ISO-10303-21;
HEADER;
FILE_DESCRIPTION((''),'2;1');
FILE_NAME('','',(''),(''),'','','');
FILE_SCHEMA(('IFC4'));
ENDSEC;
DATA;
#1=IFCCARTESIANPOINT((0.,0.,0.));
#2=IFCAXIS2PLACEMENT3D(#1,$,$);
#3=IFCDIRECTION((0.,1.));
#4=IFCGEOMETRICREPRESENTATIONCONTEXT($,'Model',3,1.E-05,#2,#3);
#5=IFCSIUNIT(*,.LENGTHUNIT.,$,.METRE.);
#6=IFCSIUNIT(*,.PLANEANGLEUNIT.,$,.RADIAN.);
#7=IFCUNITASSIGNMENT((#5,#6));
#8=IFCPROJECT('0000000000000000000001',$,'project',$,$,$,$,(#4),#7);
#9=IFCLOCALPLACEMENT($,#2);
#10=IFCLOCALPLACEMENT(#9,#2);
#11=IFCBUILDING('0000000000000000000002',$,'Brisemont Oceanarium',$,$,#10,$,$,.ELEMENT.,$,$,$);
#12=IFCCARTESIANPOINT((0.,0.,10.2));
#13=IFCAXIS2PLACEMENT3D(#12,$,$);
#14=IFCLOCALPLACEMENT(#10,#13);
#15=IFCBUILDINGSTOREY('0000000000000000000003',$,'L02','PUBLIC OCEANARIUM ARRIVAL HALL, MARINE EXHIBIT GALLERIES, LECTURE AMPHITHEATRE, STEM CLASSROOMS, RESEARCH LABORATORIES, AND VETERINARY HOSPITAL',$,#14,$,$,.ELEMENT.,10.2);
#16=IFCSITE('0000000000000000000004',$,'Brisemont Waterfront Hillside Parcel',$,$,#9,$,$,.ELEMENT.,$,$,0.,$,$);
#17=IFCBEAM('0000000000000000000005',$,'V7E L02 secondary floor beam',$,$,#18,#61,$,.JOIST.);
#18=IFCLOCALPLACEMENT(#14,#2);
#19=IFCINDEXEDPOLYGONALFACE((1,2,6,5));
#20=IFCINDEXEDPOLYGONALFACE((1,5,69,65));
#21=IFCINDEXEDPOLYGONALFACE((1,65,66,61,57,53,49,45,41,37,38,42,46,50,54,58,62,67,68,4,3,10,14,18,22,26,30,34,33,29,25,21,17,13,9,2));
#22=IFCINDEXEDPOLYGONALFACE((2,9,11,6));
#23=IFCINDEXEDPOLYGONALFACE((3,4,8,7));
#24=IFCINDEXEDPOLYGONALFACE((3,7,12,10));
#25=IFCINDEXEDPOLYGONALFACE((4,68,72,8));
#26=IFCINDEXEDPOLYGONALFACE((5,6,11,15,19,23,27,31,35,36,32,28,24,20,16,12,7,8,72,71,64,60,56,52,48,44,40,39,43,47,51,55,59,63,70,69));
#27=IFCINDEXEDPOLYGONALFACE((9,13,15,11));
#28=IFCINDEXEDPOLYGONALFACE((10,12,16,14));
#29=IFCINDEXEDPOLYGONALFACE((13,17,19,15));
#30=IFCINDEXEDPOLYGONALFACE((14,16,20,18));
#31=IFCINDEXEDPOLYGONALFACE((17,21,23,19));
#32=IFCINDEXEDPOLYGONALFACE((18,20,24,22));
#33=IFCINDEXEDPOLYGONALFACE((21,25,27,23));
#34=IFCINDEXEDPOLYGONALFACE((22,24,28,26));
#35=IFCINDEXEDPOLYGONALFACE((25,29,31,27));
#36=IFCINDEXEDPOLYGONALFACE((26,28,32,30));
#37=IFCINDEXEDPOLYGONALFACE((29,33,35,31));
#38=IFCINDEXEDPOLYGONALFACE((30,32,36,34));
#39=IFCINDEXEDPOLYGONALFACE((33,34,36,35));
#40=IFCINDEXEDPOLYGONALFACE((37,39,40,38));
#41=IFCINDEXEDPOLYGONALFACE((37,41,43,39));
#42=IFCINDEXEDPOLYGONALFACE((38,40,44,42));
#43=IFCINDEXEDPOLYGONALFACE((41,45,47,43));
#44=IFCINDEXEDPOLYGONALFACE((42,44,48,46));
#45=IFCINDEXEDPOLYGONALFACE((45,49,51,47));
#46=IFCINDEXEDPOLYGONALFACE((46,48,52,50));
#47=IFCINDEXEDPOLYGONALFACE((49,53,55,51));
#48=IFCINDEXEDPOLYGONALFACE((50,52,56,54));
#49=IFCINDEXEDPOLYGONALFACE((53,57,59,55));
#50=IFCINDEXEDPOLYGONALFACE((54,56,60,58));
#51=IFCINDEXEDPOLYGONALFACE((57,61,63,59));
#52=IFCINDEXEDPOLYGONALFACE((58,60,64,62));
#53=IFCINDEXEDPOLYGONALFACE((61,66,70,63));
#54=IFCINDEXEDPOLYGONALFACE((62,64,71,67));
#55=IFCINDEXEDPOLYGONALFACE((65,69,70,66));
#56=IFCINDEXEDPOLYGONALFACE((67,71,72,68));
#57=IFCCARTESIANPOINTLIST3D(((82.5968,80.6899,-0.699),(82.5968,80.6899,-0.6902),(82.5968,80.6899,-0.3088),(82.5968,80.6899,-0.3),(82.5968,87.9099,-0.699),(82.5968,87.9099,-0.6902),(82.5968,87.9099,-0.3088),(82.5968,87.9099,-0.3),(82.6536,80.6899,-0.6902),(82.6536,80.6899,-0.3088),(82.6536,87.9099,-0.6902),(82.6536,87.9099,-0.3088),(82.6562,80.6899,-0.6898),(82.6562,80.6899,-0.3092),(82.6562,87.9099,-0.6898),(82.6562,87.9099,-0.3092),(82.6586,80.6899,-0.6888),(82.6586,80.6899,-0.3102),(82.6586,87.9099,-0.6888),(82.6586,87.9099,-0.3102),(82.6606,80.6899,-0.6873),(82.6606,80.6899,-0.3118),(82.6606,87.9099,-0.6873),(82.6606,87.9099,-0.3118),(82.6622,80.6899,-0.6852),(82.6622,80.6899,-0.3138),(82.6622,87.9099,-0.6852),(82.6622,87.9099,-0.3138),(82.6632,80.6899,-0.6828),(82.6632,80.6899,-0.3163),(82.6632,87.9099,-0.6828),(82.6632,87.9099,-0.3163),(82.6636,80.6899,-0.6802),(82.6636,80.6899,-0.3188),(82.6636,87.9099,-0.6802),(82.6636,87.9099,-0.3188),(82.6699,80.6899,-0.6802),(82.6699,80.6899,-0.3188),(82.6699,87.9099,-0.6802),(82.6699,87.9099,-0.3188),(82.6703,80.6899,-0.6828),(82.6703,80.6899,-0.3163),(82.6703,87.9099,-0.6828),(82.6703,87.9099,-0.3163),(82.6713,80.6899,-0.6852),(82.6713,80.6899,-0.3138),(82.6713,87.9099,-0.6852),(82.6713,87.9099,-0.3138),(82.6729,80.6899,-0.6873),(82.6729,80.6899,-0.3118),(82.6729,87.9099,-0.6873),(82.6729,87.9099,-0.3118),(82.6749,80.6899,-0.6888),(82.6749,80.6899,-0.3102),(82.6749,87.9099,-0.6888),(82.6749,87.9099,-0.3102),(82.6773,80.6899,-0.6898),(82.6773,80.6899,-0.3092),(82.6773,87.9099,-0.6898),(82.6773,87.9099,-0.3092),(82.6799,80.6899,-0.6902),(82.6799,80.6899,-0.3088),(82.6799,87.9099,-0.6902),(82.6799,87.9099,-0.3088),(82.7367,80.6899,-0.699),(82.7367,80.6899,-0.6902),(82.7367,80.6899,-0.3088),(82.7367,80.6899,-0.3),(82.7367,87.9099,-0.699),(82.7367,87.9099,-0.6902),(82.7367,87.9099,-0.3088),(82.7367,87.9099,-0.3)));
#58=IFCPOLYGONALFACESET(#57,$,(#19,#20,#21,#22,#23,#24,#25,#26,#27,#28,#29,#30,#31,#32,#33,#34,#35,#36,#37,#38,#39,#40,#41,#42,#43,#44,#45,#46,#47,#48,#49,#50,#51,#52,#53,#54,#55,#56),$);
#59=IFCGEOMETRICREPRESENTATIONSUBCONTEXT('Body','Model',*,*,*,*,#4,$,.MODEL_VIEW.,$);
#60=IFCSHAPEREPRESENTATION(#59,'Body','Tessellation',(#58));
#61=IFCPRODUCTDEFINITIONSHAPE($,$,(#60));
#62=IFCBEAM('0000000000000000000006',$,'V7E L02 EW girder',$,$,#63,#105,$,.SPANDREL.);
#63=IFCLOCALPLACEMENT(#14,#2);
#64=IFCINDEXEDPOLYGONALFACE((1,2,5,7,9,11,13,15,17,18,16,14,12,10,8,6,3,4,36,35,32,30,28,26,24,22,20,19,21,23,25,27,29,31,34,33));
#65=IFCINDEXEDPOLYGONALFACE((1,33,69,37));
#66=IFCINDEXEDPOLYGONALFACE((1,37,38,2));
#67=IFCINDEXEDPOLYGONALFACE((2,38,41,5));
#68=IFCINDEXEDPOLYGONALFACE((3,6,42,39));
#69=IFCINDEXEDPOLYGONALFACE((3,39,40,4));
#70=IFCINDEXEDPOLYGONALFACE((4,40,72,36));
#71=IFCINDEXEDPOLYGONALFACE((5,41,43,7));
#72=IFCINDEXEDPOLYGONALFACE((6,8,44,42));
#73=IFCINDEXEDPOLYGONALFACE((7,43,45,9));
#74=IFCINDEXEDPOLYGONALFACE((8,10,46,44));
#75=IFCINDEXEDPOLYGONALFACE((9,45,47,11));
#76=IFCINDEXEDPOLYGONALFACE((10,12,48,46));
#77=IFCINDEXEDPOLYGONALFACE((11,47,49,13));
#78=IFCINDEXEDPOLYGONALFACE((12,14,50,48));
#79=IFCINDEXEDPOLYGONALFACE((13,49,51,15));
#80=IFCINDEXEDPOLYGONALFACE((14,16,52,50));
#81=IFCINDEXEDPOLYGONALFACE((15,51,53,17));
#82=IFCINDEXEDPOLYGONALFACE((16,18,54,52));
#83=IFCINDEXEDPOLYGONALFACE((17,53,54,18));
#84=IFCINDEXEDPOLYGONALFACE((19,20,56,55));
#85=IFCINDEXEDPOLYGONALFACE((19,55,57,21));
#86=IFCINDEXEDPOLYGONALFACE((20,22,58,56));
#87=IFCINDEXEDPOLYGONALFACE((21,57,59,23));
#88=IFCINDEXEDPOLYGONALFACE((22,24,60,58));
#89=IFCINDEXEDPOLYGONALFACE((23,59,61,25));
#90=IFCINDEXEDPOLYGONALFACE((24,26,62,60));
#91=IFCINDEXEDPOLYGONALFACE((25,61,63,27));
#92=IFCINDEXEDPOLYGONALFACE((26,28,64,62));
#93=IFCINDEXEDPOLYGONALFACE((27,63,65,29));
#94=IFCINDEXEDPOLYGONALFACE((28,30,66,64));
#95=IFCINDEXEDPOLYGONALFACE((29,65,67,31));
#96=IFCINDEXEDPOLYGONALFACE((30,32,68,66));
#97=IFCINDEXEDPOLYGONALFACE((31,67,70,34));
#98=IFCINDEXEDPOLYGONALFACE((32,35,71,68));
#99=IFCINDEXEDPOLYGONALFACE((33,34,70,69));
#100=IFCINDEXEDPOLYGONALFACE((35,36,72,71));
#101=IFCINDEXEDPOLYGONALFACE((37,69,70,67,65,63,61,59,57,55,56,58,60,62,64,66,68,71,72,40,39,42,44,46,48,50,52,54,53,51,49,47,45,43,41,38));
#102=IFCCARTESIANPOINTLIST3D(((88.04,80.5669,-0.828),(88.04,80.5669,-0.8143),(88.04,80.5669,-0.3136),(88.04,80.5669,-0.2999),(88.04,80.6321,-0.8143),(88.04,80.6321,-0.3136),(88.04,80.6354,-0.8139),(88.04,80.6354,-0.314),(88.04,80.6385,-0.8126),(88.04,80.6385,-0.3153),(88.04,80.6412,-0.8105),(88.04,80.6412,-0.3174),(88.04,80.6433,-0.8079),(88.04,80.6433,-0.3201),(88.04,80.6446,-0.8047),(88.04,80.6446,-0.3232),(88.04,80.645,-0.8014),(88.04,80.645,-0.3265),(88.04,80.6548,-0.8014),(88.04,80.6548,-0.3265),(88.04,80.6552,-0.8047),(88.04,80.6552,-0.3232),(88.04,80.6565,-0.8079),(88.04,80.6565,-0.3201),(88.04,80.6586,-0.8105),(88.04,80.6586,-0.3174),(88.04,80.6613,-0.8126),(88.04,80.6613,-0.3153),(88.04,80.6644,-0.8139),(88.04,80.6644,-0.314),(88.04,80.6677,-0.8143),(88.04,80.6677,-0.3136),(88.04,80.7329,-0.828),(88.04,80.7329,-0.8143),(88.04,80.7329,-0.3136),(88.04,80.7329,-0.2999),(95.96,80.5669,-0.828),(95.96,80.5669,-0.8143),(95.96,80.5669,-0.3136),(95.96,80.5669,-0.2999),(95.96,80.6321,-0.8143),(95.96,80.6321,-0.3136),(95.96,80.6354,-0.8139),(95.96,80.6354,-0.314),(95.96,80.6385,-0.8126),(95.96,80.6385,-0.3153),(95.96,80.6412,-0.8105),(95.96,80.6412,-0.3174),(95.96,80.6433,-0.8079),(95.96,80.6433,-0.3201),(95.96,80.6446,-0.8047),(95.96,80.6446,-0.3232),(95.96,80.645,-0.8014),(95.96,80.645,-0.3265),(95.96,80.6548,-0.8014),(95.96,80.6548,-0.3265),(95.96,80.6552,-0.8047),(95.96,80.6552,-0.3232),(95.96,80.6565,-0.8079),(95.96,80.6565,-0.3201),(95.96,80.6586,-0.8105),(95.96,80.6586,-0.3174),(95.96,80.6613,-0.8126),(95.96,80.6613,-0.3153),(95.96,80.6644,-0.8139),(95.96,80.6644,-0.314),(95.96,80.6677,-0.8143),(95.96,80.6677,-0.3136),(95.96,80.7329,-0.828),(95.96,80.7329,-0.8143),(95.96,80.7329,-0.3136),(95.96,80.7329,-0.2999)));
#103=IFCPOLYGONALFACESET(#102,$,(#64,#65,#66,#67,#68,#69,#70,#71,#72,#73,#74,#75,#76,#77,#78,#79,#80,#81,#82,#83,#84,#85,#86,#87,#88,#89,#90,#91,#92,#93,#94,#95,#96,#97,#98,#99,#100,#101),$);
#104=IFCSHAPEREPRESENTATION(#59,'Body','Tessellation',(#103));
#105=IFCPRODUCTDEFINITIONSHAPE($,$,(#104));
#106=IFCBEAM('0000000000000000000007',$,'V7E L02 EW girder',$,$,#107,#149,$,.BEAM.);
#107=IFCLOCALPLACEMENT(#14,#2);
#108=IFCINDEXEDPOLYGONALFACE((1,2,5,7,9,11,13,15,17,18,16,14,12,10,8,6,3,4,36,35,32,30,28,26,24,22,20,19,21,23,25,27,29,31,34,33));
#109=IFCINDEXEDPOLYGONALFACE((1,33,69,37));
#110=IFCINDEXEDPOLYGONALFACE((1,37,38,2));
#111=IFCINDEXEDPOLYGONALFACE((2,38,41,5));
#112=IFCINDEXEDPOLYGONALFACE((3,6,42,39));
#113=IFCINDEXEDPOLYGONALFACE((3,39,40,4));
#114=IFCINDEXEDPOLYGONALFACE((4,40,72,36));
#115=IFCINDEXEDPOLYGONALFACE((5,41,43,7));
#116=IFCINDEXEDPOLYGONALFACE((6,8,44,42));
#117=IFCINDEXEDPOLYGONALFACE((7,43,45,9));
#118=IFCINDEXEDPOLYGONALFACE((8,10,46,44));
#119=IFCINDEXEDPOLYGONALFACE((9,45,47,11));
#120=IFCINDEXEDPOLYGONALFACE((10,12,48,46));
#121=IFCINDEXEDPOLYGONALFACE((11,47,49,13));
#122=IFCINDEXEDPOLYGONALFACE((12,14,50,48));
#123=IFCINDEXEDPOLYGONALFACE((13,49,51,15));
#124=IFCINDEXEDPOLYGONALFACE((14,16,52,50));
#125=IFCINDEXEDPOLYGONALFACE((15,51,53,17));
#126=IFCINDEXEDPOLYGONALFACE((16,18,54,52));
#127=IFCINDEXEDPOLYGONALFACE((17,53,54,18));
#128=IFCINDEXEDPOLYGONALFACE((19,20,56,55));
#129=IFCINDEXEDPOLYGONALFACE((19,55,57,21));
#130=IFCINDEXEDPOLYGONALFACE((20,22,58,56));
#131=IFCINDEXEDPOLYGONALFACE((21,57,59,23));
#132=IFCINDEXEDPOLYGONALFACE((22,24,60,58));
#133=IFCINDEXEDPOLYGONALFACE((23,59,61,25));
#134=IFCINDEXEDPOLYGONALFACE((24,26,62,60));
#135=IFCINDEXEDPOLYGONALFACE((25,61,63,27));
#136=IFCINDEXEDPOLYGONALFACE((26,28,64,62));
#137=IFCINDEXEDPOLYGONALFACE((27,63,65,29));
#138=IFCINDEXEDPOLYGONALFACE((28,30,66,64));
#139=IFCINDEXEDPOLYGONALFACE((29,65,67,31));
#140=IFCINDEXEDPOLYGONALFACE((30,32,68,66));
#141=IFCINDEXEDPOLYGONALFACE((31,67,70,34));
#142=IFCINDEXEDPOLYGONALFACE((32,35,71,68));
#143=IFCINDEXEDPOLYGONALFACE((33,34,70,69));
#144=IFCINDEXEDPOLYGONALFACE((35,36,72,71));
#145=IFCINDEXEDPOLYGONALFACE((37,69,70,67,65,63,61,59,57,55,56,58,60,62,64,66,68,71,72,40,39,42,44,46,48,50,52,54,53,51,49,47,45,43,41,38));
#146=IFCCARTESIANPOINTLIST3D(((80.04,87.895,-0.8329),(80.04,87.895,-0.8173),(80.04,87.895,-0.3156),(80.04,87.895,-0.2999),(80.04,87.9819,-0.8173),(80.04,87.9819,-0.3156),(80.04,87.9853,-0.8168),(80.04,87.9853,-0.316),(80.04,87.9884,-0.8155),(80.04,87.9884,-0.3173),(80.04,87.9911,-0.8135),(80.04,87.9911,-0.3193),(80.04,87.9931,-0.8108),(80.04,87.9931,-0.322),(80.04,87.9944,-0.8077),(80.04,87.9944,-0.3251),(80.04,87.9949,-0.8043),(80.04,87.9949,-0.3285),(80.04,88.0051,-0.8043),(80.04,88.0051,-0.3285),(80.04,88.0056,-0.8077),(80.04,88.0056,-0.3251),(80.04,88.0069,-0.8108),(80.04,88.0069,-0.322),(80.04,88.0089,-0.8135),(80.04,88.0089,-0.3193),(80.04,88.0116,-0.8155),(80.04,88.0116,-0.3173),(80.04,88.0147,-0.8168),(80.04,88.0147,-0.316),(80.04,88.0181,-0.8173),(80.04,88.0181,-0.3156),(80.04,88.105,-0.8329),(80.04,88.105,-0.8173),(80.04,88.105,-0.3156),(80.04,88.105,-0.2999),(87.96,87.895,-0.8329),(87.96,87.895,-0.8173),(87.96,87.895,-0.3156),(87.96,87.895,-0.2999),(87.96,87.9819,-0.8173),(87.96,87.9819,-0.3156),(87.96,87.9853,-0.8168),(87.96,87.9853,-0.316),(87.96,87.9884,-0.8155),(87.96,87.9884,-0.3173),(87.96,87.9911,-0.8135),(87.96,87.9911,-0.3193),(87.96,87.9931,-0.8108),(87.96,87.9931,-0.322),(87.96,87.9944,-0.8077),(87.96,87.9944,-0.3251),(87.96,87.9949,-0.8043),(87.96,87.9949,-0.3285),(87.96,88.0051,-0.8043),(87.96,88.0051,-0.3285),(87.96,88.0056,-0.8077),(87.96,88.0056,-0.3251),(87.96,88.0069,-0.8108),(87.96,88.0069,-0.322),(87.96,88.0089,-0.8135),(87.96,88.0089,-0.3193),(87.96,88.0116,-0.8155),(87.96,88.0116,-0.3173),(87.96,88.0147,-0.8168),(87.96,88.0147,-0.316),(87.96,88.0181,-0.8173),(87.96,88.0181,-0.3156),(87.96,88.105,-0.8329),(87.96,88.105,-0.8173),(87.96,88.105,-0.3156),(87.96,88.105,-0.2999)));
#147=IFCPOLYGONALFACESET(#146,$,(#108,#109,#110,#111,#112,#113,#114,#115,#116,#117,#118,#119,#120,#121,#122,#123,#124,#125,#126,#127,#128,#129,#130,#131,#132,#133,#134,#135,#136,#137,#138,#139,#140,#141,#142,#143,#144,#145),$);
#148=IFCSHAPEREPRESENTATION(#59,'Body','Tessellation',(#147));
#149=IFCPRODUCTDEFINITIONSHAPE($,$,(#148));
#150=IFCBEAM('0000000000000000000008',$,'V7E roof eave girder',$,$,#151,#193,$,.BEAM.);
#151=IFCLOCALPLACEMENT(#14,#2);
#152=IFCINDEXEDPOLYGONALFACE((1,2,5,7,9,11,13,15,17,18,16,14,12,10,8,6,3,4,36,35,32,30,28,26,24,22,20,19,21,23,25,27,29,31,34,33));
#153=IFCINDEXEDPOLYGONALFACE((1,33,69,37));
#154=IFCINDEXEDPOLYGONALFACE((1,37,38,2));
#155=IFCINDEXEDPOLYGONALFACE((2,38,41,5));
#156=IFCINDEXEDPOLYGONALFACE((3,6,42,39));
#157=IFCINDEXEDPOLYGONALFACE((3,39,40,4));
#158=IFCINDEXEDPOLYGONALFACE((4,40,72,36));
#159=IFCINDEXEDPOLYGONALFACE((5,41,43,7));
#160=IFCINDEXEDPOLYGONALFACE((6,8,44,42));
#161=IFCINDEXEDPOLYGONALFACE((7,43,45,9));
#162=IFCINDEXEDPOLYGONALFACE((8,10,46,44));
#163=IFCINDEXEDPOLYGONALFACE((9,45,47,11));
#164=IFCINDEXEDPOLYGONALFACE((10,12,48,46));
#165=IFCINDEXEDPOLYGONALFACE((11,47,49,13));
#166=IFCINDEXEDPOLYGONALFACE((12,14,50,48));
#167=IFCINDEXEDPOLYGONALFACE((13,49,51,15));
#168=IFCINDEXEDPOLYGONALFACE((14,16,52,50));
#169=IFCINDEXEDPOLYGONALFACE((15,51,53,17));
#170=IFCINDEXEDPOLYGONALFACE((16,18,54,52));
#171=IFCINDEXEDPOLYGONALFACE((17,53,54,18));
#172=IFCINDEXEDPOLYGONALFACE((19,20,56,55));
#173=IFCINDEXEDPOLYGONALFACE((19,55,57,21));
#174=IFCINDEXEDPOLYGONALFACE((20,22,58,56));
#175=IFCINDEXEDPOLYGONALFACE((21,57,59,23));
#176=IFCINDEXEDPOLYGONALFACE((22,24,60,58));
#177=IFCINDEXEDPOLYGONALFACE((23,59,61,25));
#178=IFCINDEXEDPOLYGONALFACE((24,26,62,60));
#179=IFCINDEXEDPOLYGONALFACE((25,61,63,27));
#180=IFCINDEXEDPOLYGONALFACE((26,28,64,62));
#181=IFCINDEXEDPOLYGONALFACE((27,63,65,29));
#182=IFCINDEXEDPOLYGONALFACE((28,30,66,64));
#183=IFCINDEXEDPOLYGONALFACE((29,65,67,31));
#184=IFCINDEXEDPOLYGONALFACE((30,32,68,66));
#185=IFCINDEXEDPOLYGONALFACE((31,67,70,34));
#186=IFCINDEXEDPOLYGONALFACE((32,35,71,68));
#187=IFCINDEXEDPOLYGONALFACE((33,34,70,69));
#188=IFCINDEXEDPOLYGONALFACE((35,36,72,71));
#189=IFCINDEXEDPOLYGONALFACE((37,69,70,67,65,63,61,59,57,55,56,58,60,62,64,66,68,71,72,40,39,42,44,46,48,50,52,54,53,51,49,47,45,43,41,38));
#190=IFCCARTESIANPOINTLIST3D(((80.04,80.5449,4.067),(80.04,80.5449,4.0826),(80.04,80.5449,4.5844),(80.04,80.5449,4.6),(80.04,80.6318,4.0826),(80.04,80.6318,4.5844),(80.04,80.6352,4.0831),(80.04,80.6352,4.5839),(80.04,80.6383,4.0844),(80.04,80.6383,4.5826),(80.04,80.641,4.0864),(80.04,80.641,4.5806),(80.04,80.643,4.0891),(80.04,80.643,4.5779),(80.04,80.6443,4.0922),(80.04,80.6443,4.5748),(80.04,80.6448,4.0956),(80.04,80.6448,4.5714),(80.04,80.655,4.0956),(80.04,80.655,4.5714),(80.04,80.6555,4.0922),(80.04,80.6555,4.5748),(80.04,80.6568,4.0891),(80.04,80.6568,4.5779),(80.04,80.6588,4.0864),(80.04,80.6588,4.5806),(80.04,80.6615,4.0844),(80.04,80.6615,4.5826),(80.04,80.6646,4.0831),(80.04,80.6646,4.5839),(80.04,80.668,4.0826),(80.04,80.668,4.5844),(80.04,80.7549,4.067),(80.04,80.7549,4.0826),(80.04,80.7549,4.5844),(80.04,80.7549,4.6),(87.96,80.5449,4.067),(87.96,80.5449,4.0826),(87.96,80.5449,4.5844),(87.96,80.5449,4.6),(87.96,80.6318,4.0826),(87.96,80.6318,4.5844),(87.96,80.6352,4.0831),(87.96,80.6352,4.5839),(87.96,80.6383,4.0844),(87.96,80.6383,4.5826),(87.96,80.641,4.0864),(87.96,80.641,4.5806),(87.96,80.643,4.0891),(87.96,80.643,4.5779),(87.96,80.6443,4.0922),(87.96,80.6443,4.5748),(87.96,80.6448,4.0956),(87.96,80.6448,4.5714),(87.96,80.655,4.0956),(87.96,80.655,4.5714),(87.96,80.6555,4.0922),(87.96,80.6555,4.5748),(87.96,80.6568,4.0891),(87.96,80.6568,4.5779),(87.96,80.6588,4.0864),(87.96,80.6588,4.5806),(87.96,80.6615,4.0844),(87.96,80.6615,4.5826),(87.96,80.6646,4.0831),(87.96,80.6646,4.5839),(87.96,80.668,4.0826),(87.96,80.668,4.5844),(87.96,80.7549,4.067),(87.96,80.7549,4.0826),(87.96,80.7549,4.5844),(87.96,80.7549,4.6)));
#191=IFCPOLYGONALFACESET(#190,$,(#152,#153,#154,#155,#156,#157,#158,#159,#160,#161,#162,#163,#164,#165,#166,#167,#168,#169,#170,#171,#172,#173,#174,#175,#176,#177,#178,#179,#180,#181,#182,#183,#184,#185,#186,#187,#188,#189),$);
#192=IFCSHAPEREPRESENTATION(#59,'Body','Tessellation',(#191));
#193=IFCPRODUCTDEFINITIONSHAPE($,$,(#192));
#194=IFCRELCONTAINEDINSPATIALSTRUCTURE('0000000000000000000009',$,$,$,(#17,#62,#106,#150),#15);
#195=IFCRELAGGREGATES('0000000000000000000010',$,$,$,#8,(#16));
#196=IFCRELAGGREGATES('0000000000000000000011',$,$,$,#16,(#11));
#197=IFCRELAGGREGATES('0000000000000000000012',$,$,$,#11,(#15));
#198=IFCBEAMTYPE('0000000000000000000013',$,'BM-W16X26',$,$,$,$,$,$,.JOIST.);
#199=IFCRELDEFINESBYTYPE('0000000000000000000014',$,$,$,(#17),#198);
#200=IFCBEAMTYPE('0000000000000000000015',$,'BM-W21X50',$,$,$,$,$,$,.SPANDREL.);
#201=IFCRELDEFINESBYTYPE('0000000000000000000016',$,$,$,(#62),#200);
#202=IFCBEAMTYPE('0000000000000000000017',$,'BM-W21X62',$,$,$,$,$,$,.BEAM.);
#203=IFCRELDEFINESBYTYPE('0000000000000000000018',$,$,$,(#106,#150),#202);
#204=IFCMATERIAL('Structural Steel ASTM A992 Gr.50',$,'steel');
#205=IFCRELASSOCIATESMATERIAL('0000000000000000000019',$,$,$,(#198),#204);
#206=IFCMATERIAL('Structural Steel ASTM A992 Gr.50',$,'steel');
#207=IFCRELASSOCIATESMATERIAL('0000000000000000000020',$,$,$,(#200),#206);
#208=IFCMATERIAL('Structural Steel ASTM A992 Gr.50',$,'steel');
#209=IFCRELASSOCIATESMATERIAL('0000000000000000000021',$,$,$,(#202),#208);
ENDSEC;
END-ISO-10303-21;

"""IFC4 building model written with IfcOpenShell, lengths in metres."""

from ifc_helpers import new_model, si_unit, direction, frame, origin, origin_2d, place, context, subcontext, project, spatial, i_section, extrude, material, material_profile, profile_set, type_object, element, save


model = new_model("IFC4")

# Units and contexts
model_context = context("Model", 3, precision=1e-05, world=origin(), true_north=direction((0.0, 1.0)))
body_context = subcontext(model_context, "Body", "Model", "MODEL_VIEW")
ifc_project = project(units=[si_unit("LENGTHUNIT", "METRE"), si_unit("PLANEANGLEUNIT", "RADIAN")], contexts=[model_context])

# Site, building, storey
site_placement = place(None, origin())
site = spatial("IfcSite", under=ifc_project, at=site_placement, Name="Brisemont Waterfront Hillside Parcel", CompositionType="ELEMENT", RefElevation=0.0)
building_placement = place(site_placement, origin())
building = spatial("IfcBuilding", under=site, at=building_placement, Name="Brisemont Oceanarium", CompositionType="ELEMENT")
storey_placement = place(building_placement, frame((0.0, 0.0, 10.2)))
storey = spatial("IfcBuildingStorey", under=building, at=storey_placement, Name="L02", Description="PUBLIC OCEANARIUM ARRIVAL HALL, MARINE EXHIBIT GALLERIES, LECTURE AMPHITHEATRE, STEM CLASSROOMS, RESEARCH LABORATORIES, AND VETERINARY HOSPITAL", CompositionType="ELEMENT", Elevation=10.2)

# Beams
ifc_material_1 = material(Name="Structural Steel ASTM A992 Gr.50", Category="steel")
ifc_material_profile_1 = material_profile(ifc_material_1, i_section(OverallWidth=0.1399, OverallDepth=0.3989, WebThickness=0.0063, FlangeThickness=0.0088, FilletRadius=0.01, at=origin_2d()), Name="W16X26")
ifc_profile_set_1 = profile_set([ifc_material_profile_1], Name="Structural Steel ASTM A992 Gr.50")
beam_type_1 = type_object("IfcBeamType", Name="BM-W16X26", PredefinedType="JOIST", material=ifc_profile_set_1)
beam_1_placement = place(storey_placement, frame((82.6667, 80.6899, -0.4995), z_axis=(0.0, 1.0, 0.0), x_axis=(-1.0, 0.0, 0.0)))
element("IfcBeam", 1, at=beam_1_placement, inside=storey, type_object=beam_type_1, Name="V7E L02 secondary floor beam", PredefinedType="JOIST", context=body_context, shape_type="SweptSolid", body=[
    extrude(i_section(OverallWidth=0.1399, OverallDepth=0.3989, WebThickness=0.0063, FlangeThickness=0.0088, FilletRadius=0.01, at=origin_2d()), origin(), (0.0, 0.0, 1.0), 7.22),
])
ifc_material_2 = material(Name="Structural Steel ASTM A992 Gr.50", Category="steel")
ifc_material_profile_2 = material_profile(ifc_material_2, i_section(OverallWidth=0.166, OverallDepth=0.5281, WebThickness=0.0098, FlangeThickness=0.0137, FilletRadius=0.0129, at=origin_2d()), Name="W21X50")
ifc_profile_set_2 = profile_set([ifc_material_profile_2], Name="Structural Steel ASTM A992 Gr.50")
beam_type_2 = type_object("IfcBeamType", Name="BM-W21X50", PredefinedType="SPANDREL", material=ifc_profile_set_2)
beam_2_placement = place(storey_placement, frame((88.04, 80.6499, -0.564), z_axis=(1.0, 0.0, 0.0), x_axis=(0.0, 1.0, 0.0)))
element("IfcBeam", 2, at=beam_2_placement, inside=storey, type_object=beam_type_2, Name="V7E L02 EW girder", PredefinedType="SPANDREL", context=body_context, shape_type="SweptSolid", body=[
    extrude(i_section(OverallWidth=0.166, OverallDepth=0.5281, WebThickness=0.0098, FlangeThickness=0.0137, FilletRadius=0.0129, at=origin_2d()), origin(), (0.0, 0.0, 1.0), 7.9199),
])
ifc_material_3 = material(Name="Structural Steel ASTM A992 Gr.50", Category="steel")
ifc_material_profile_3 = material_profile(ifc_material_3, i_section(OverallWidth=0.21, OverallDepth=0.533, WebThickness=0.0103, FlangeThickness=0.0156, FilletRadius=0.0129, at=origin_2d()), Name="W21X62")
ifc_profile_set_3 = profile_set([ifc_material_profile_3], Name="Structural Steel ASTM A992 Gr.50")
beam_type_3 = type_object("IfcBeamType", Name="BM-W21X62", PredefinedType="BEAM", material=ifc_profile_set_3)
for number, where, z_axis, x_axis, name in (
    (3, (80.04, 88.0, -0.5664), (1.0, 0.0, 0.0), (0.0, 1.0, 0.0), "V7E L02 EW girder"),
    (4, (80.04, 80.6499, 4.3335), (1.0, 0.0, 0.0), (0.0, 1.0, 0.0), "V7E roof eave girder"),
):
    element("IfcBeam", number, at=place(storey_placement, frame(where, z_axis=z_axis, x_axis=x_axis)), inside=storey, type_object=beam_type_3, Name=name, PredefinedType="BEAM", context=body_context, shape_type="SweptSolid", body=[
        extrude(i_section(OverallWidth=0.21, OverallDepth=0.533, WebThickness=0.0103, FlangeThickness=0.0156, FilletRadius=0.0129, at=origin_2d()), origin(), (0.0, 0.0, 1.0), 7.9199),
    ])

save(model, "model.ifc")
